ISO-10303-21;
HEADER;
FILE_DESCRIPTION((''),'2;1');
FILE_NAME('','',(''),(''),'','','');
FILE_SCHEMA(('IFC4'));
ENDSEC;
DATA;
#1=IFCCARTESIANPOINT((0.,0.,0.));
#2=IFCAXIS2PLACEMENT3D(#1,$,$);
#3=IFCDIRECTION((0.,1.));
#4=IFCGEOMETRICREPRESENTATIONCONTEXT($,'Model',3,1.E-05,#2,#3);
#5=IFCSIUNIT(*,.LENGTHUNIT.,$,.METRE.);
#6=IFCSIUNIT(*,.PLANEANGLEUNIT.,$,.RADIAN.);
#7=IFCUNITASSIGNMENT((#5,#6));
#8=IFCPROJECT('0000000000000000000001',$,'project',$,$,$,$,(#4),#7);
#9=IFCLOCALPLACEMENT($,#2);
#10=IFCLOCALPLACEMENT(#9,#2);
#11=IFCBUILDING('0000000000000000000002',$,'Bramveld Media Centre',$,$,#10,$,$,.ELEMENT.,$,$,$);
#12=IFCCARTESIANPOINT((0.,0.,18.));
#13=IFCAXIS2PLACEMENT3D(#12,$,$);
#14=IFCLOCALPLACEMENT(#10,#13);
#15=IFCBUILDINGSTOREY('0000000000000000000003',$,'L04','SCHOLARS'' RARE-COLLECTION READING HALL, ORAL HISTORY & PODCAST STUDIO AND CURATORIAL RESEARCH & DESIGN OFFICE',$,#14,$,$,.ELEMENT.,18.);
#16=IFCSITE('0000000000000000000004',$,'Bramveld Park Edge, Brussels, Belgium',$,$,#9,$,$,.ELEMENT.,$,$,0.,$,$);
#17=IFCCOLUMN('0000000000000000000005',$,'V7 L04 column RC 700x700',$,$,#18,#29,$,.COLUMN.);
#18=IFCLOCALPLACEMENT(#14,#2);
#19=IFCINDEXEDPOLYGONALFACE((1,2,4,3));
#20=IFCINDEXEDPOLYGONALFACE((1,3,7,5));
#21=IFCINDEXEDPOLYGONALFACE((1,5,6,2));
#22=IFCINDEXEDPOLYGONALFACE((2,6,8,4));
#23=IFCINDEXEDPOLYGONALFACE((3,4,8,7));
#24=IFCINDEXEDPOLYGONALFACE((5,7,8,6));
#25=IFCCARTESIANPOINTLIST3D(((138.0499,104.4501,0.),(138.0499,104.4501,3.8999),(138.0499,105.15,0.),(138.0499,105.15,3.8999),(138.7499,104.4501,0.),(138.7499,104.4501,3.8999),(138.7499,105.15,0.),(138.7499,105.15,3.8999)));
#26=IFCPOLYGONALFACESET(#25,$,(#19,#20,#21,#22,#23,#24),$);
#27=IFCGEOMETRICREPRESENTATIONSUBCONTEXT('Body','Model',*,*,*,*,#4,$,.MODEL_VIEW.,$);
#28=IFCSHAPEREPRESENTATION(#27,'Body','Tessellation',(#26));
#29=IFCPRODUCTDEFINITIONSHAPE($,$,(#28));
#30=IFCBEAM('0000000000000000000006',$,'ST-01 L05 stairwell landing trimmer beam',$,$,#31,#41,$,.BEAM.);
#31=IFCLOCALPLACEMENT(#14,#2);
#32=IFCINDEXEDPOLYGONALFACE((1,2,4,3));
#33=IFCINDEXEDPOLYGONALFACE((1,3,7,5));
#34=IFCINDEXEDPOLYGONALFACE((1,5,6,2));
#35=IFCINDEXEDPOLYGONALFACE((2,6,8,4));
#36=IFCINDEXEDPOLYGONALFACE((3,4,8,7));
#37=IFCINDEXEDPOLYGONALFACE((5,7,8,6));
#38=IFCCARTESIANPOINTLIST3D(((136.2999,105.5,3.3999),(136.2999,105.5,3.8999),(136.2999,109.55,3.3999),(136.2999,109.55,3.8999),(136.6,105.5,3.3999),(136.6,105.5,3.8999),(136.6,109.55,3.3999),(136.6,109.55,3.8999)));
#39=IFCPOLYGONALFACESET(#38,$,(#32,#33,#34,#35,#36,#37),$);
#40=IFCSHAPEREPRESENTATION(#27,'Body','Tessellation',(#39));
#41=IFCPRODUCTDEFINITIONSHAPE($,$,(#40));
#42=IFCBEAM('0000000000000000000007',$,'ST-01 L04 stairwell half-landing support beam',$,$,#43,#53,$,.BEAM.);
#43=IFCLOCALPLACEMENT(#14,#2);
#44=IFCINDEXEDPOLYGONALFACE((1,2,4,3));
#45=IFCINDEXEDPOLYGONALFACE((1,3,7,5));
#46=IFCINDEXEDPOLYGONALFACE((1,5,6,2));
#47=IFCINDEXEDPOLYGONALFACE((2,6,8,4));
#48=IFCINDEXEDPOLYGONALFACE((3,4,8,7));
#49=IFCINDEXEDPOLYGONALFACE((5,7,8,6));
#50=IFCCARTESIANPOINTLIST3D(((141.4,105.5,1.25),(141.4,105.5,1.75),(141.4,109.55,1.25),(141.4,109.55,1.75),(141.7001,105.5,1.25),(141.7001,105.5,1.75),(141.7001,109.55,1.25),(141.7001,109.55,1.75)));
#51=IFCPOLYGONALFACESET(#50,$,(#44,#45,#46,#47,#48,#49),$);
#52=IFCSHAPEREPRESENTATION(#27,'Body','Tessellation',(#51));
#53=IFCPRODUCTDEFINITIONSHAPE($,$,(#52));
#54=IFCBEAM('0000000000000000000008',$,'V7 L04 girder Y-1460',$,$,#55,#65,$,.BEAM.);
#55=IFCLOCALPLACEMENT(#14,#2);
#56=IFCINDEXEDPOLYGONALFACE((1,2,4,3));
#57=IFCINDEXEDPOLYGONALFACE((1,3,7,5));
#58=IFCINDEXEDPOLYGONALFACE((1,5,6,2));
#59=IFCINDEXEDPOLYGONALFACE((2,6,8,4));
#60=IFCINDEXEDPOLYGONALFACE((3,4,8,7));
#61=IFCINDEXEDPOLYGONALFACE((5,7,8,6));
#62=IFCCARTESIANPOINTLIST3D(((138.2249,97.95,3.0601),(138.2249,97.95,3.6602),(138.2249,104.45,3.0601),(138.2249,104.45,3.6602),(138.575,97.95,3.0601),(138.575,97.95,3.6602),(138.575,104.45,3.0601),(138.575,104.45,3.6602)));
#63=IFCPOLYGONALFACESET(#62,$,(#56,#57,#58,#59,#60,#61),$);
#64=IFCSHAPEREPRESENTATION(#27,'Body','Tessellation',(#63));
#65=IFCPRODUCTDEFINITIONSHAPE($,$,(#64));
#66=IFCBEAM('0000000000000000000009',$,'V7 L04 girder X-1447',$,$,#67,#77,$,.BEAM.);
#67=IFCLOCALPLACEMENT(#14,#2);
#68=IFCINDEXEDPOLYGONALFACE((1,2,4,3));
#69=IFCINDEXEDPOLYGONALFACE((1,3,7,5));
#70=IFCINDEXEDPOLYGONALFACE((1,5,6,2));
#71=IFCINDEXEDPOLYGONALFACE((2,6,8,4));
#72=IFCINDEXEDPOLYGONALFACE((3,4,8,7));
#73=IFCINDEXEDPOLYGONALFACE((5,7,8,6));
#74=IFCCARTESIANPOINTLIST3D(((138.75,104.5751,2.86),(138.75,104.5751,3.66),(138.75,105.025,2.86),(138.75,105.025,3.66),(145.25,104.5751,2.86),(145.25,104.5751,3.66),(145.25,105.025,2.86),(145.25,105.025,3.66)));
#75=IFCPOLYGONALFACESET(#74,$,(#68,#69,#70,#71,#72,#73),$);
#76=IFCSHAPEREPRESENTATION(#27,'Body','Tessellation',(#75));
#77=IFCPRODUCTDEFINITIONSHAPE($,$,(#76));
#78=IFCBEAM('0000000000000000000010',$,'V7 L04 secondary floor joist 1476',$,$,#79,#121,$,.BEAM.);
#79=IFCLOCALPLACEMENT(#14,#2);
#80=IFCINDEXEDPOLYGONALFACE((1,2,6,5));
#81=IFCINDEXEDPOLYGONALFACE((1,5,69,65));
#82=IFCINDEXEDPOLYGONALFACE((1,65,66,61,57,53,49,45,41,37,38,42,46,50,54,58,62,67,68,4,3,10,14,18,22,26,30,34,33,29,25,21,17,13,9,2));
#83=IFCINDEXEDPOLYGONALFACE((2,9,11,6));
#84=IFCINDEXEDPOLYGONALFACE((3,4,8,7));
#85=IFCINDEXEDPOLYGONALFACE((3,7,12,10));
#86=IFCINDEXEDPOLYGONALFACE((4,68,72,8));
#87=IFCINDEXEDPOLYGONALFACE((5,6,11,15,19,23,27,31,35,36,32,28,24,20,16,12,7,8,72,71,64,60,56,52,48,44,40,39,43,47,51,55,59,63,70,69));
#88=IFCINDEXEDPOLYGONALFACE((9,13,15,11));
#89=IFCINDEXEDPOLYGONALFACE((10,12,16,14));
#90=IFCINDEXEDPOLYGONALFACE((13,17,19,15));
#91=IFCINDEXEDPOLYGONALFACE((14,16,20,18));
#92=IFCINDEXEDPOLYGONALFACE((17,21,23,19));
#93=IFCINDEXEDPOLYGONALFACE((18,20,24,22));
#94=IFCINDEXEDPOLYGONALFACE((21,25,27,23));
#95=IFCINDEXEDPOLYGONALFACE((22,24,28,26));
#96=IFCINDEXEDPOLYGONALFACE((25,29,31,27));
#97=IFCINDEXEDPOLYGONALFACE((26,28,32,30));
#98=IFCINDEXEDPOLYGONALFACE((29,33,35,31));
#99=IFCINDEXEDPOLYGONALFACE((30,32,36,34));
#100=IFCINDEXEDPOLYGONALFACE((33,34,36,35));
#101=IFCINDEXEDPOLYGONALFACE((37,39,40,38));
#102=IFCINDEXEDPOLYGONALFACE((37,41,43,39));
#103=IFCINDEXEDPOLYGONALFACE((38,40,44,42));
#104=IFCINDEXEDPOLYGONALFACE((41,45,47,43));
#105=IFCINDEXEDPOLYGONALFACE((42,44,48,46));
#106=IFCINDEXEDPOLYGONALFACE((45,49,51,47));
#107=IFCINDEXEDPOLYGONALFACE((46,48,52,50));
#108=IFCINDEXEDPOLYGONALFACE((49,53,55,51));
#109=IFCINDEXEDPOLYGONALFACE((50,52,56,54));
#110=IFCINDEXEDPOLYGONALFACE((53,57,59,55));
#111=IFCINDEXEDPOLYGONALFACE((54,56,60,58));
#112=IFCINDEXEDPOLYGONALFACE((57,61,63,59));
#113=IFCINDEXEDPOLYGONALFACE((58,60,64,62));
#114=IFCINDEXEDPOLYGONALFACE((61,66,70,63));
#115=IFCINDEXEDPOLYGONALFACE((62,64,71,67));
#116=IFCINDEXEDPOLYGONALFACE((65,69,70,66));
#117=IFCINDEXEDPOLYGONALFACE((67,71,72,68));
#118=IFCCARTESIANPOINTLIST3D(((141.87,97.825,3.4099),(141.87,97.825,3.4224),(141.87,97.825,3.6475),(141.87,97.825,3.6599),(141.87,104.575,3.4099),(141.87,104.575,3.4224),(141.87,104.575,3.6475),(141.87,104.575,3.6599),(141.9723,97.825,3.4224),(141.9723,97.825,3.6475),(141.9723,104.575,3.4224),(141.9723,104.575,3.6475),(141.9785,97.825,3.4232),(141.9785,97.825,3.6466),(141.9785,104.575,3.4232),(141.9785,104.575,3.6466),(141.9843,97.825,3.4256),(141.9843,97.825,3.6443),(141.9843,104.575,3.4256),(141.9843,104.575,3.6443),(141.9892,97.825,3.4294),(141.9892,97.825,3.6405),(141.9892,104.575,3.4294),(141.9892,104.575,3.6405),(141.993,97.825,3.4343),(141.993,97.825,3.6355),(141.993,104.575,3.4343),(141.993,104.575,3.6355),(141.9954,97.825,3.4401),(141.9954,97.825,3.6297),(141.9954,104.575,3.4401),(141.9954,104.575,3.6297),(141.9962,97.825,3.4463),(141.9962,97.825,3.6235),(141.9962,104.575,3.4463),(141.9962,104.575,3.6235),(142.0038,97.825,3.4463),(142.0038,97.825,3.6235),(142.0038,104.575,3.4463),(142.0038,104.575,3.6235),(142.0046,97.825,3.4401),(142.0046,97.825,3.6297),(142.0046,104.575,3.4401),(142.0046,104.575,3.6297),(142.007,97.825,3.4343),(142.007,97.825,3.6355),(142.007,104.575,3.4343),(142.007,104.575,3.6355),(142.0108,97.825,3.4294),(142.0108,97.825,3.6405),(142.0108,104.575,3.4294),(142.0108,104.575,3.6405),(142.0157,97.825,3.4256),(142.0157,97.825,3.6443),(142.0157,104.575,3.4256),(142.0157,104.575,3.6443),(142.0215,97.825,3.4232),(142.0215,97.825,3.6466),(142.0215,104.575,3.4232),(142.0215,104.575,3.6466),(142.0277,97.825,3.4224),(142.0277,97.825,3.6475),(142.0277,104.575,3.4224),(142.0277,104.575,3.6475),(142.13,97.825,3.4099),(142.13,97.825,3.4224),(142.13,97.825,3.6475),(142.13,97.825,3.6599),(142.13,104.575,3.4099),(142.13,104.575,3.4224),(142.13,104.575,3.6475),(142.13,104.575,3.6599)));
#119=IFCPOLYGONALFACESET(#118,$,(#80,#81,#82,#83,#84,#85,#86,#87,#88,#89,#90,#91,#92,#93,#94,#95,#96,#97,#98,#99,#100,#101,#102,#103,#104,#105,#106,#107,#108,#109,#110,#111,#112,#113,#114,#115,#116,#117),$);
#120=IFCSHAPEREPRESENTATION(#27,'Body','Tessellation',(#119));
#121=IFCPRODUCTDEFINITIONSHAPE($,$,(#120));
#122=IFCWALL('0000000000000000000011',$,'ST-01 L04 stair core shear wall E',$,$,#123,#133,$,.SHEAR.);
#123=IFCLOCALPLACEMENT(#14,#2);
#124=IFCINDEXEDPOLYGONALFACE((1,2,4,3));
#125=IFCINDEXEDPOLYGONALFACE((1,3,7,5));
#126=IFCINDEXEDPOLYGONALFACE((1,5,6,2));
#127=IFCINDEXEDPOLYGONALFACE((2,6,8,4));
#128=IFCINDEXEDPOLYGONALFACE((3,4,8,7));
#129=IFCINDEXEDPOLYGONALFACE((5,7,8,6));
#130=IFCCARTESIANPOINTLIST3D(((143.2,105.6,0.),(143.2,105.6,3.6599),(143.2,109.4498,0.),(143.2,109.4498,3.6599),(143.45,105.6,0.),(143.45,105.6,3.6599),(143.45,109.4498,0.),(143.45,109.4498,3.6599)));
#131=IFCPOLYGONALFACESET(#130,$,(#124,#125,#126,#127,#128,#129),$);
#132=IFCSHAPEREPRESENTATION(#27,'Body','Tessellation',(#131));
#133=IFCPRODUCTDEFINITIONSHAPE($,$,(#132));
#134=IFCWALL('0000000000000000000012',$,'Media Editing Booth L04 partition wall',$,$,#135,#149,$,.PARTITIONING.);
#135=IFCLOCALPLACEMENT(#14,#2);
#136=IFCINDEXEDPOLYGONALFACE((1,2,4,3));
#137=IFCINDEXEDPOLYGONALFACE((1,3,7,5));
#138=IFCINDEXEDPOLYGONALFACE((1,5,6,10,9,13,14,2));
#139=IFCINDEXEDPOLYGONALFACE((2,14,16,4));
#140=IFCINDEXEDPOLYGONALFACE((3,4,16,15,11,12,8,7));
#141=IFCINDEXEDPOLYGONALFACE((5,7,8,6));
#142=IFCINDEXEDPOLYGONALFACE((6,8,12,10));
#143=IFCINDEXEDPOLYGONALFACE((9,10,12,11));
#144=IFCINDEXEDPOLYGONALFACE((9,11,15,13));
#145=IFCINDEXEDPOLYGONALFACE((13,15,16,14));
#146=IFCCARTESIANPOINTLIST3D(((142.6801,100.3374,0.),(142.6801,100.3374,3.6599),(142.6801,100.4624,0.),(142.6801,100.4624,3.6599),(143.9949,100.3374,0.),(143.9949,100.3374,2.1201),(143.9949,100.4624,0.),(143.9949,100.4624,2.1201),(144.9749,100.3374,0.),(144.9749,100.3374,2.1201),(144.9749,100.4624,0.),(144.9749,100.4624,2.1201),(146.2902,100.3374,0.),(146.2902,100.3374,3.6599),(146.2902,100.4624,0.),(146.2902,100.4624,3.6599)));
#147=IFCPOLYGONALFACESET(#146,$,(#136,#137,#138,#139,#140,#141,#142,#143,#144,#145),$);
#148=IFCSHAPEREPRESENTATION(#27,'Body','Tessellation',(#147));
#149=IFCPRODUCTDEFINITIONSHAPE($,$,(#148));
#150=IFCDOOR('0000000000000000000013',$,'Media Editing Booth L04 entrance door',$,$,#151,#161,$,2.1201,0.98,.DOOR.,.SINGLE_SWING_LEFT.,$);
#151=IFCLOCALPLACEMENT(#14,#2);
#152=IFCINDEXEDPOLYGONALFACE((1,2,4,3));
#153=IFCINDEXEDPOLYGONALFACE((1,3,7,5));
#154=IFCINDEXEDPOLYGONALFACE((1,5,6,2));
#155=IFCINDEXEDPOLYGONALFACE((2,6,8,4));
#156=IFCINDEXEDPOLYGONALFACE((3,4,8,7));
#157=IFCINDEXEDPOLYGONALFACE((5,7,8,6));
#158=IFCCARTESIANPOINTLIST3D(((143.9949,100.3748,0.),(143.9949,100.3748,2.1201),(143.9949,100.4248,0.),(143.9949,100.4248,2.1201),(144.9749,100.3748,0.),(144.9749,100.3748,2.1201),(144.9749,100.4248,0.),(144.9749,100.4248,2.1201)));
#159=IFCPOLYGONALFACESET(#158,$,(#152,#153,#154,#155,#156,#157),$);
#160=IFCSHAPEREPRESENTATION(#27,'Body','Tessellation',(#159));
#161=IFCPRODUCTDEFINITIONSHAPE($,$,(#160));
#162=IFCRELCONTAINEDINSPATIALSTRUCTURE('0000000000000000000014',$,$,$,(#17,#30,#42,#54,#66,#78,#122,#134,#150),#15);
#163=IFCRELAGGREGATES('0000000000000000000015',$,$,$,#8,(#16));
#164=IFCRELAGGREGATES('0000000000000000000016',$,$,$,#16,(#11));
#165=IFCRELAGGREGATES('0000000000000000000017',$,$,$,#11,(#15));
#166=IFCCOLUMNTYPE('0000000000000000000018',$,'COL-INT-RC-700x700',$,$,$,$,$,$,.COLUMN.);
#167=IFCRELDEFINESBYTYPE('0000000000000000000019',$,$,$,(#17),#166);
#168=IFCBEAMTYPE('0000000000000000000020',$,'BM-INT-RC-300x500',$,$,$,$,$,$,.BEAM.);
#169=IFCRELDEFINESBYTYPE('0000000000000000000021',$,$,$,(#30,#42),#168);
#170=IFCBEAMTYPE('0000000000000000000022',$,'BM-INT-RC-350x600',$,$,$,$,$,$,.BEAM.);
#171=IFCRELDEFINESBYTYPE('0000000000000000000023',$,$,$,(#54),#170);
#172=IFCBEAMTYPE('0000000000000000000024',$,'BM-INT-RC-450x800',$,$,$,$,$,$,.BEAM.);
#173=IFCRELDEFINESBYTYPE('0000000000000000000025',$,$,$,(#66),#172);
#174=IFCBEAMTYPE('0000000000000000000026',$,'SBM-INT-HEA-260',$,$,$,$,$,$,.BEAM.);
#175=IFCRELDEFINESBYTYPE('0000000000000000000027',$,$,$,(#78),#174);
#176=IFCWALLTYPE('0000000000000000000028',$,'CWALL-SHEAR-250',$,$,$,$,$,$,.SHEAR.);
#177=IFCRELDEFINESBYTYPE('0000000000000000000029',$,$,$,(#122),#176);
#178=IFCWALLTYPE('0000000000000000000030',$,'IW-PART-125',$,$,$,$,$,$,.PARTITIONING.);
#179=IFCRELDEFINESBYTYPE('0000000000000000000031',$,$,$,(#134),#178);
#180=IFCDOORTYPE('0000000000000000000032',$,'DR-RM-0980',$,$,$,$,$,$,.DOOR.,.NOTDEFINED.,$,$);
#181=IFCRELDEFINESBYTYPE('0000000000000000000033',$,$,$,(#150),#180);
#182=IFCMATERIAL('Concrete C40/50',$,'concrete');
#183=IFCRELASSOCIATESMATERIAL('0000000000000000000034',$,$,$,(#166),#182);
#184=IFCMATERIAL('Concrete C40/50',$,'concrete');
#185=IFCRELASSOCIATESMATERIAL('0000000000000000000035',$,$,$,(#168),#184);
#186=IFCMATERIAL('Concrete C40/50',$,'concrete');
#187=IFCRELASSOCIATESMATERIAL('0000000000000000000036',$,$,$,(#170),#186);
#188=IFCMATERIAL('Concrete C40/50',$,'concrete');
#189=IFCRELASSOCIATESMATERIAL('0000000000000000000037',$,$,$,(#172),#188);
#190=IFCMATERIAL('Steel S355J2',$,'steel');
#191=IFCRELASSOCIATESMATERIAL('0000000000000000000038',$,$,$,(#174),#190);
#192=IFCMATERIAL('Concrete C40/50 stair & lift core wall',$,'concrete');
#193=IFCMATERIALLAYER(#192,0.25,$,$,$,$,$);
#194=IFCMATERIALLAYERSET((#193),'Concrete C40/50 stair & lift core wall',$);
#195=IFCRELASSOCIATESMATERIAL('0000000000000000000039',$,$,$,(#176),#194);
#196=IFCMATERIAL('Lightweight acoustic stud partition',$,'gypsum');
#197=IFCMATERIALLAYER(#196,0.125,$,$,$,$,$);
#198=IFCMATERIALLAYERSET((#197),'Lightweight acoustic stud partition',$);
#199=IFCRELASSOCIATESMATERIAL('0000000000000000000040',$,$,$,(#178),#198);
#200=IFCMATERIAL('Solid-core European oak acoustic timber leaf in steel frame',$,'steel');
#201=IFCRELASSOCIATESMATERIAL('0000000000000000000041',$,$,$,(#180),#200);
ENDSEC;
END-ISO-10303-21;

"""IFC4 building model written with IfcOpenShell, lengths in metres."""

from ifc_helpers import new_model, si_unit, direction, frame, frame_2d, origin, origin_2d, place, context, subcontext, project, spatial, rectangle, i_section, extrude, material, layer, layer_set, material_profile, profile_set, type_object, element, fill, save


model = new_model("IFC4")

# Units and contexts
model_context = context("Model", 3, precision=1e-05, world=origin(), true_north=direction((0.0, 1.0)))
body_context = subcontext(model_context, "Body", "Model", "MODEL_VIEW")
ifc_project = project(units=[si_unit("LENGTHUNIT", "METRE"), si_unit("PLANEANGLEUNIT", "RADIAN")], contexts=[model_context])

# Site, building, storey
site_placement = place(None, origin())
site = spatial("IfcSite", under=ifc_project, at=site_placement, Name="Bramveld Park Edge, Brussels, Belgium", CompositionType="ELEMENT", RefElevation=0.0)
building_placement = place(site_placement, origin())
building = spatial("IfcBuilding", under=site, at=building_placement, Name="Bramveld Media Centre", CompositionType="ELEMENT")
storey_placement = place(building_placement, frame((0.0, 0.0, 18.0)))
storey = spatial("IfcBuildingStorey", under=building, at=storey_placement, Name="L04", Description="SCHOLARS' RARE-COLLECTION READING HALL, ORAL HISTORY & PODCAST STUDIO AND CURATORIAL RESEARCH & DESIGN OFFICE", CompositionType="ELEMENT", Elevation=18.0)

# Column
ifc_material_1 = material(Name="Concrete C40/50", Category="concrete")
ifc_material_profile_1 = material_profile(ifc_material_1, rectangle(XDim=0.7, YDim=0.7, at=origin_2d()), Name="RC 700x700")
ifc_profile_set_1 = profile_set([ifc_material_profile_1], Name="Concrete C40/50")
column_type = type_object("IfcColumnType", Name="COL-INT-RC-700x700", PredefinedType="COLUMN", material=ifc_profile_set_1)
column_placement = place(storey_placement, frame((138.3999, 104.8, 0.0), z_axis=(0.0, 0.0, 1.0), x_axis=(1.0, 0.0, 0.0)))
element("IfcColumn", 1, at=column_placement, inside=storey, type_object=column_type, Name="V7 L04 column RC 700x700", PredefinedType="COLUMN", context=body_context, shape_type="SweptSolid", body=[
    extrude(rectangle(XDim=0.7, YDim=0.7, at=origin_2d()), origin(), (0.0, 0.0, 1.0), 3.8999),
])

# Beams
ifc_material_2 = material(Name="Concrete C40/50", Category="concrete")
ifc_material_profile_2 = material_profile(ifc_material_2, rectangle(XDim=0.3, YDim=0.5, at=origin_2d()), Name="RC 300x500")
ifc_profile_set_2 = profile_set([ifc_material_profile_2], Name="Concrete C40/50")
beam_type_1 = type_object("IfcBeamType", Name="BM-INT-RC-300x500", PredefinedType="BEAM", material=ifc_profile_set_2)
for number, where, z_axis, x_axis, name in (
    (2, (136.45, 105.5, 3.6499), (0.0, 1.0, 0.0), (-1.0, 0.0, 0.0), "ST-01 L05 stairwell landing trimmer beam"),
    (3, (141.55, 105.5, 1.5), (0.0, 1.0, 0.0), (-1.0, 0.0, 0.0), "ST-01 L04 stairwell half-landing support beam"),
):
    element("IfcBeam", number, at=place(storey_placement, frame(where, z_axis=z_axis, x_axis=x_axis)), inside=storey, type_object=beam_type_1, Name=name, PredefinedType="BEAM", context=body_context, shape_type="SweptSolid", body=[
        extrude(rectangle(XDim=0.3, YDim=0.5, at=origin_2d()), origin(), (0.0, 0.0, 1.0), 4.05),
    ])
ifc_material_3 = material(Name="Concrete C40/50", Category="concrete")
ifc_material_profile_3 = material_profile(ifc_material_3, rectangle(XDim=0.3501, YDim=0.6001, at=origin_2d()), Name="RC 350x600")
ifc_profile_set_3 = profile_set([ifc_material_profile_3], Name="Concrete C40/50")
beam_type_2 = type_object("IfcBeamType", Name="BM-INT-RC-350x600", PredefinedType="BEAM", material=ifc_profile_set_3)
beam_1_placement = place(storey_placement, frame((138.3999, 97.95, 3.3601), z_axis=(0.0, 1.0, 0.0), x_axis=(-1.0, 0.0, 0.0)))
element("IfcBeam", 4, at=beam_1_placement, inside=storey, type_object=beam_type_2, Name="V7 L04 girder Y-1460", PredefinedType="BEAM", context=body_context, shape_type="SweptSolid", body=[
    extrude(rectangle(XDim=0.3501, YDim=0.6001, at=origin_2d()), origin(), (0.0, 0.0, 1.0), 6.5),
])
ifc_material_4 = material(Name="Concrete C40/50", Category="concrete")
ifc_material_profile_4 = material_profile(ifc_material_4, rectangle(XDim=0.45, YDim=0.8, at=origin_2d()), Name="RC 450x800")
ifc_profile_set_4 = profile_set([ifc_material_profile_4], Name="Concrete C40/50")
beam_type_3 = type_object("IfcBeamType", Name="BM-INT-RC-450x800", PredefinedType="BEAM", material=ifc_profile_set_4)
beam_2_placement = place(storey_placement, frame((138.75, 104.8, 3.26), z_axis=(1.0, 0.0, 0.0), x_axis=(0.0, 1.0, 0.0)))
element("IfcBeam", 5, at=beam_2_placement, inside=storey, type_object=beam_type_3, Name="V7 L04 girder X-1447", PredefinedType="BEAM", context=body_context, shape_type="SweptSolid", body=[
    extrude(rectangle(XDim=0.45, YDim=0.8, at=origin_2d()), origin(), (0.0, 0.0, 1.0), 6.5),
])
ifc_material_5 = material(Name="Steel S355J2", Category="steel")
ifc_material_profile_5 = material_profile(ifc_material_5, i_section(OverallWidth=0.26, OverallDepth=0.25, WebThickness=0.0076, FlangeThickness=0.0125, FilletRadius=0.0239, at=origin_2d()), Name="HEA 260")
ifc_profile_set_5 = profile_set([ifc_material_profile_5], Name="Steel S355J2")
beam_type_4 = type_object("IfcBeamType", Name="SBM-INT-HEA-260", PredefinedType="BEAM", material=ifc_profile_set_5)
beam_3_placement = place(storey_placement, frame((142.0, 97.825, 3.5349), z_axis=(0.0, 1.0, 0.0), x_axis=(-1.0, 0.0, 0.0)))
element("IfcBeam", 6, at=beam_3_placement, inside=storey, type_object=beam_type_4, Name="V7 L04 secondary floor joist 1476", PredefinedType="BEAM", context=body_context, shape_type="SweptSolid", body=[
    extrude(i_section(OverallWidth=0.26, OverallDepth=0.25, WebThickness=0.0076, FlangeThickness=0.0125, FilletRadius=0.0239, at=origin_2d()), origin(), (0.0, 0.0, 1.0), 6.75),
])

# Wall
ifc_material_6 = material(Name="Concrete C40/50 stair & lift core wall", Category="concrete")
ifc_layer_1 = layer(ifc_material_6, 0.25)
ifc_layer_set_1 = layer_set([ifc_layer_1], Name="Concrete C40/50 stair & lift core wall")
wall_type_1 = type_object("IfcWallType", Name="CWALL-SHEAR-250", PredefinedType="SHEAR", material=ifc_layer_set_1)
wall_1_placement = place(storey_placement, frame((143.325, 105.6001, 0.0), z_axis=(0.0, 0.0, 1.0), x_axis=(0.0, 1.0, 0.0)))
element("IfcWall", 7, at=wall_1_placement, inside=storey, type_object=wall_type_1, Name="ST-01 L04 stair core shear wall E", PredefinedType="SHEAR", context=body_context, shape_type="SweptSolid", body=[
    extrude(rectangle(XDim=3.8499, YDim=0.25, at=frame_2d((1.9248, 0.0))), origin(), (0.0, 0.0, 1.0), 3.6599),
])

# Wall, opening, door
ifc_material_7 = material(Name="Lightweight acoustic stud partition", Category="gypsum")
ifc_layer_2 = layer(ifc_material_7, 0.125)
ifc_layer_set_2 = layer_set([ifc_layer_2], Name="Lightweight acoustic stud partition")
wall_type_2 = type_object("IfcWallType", Name="IW-PART-125", PredefinedType="PARTITIONING", material=ifc_layer_set_2)
wall_2_placement = place(storey_placement, frame((142.6799, 100.3999, 0.0), z_axis=(0.0, 0.0, 1.0), x_axis=(1.0, 0.0, 0.0)))
wall_2 = element("IfcWall", 8, at=wall_2_placement, inside=storey, type_object=wall_type_2, Name="Media Editing Booth L04 partition wall", PredefinedType="PARTITIONING", context=body_context, shape_type="SweptSolid", body=[
    extrude(rectangle(XDim=3.6101, YDim=0.125, at=frame_2d((1.8052, 0.0))), origin(), (0.0, 0.0, 1.0), 3.6599),
])
opening_1_placement = place(wall_2_placement, frame((1.3149, 0.0, 0.0)))
opening_1 = element("IfcOpeningElement", 9, at=opening_1_placement, cuts=wall_2, PredefinedType="OPENING", context=body_context, shape_type="SweptSolid", body=[
    extrude(rectangle(XDim=0.98, YDim=2.1201, at=frame_2d((0.49, 1.0601))), frame((0.0, 0.0745, 0.0), z_axis=(0.0, -1.0, 0.0), x_axis=(1.0, 0.0, 0.0)), (0.0, 0.0, 1.0), 0.1489),
])
ifc_material_8 = material(Name="Solid-core European oak acoustic timber leaf in steel frame", Category="steel")
door_type_1 = type_object("IfcDoorType", Name="DR-RM-0980", OperationType="NOTDEFINED", PredefinedType="DOOR", material=ifc_material_8)
door_1_placement = place(opening_1_placement, origin())
door_1 = element("IfcDoor", 10, at=door_1_placement, inside=storey, type_object=door_type_1, Name="Media Editing Booth L04 entrance door", OperationType="SINGLE_SWING_LEFT", OverallHeight=2.1201, OverallWidth=0.98, PredefinedType="DOOR", context=body_context, shape_type="SweptSolid", body=[
    extrude(rectangle(XDim=0.98, YDim=2.1201, at=frame_2d((0.49, 1.0601))), frame((0.0, 0.0249, 0.0), z_axis=(0.0, -1.0, 0.0), x_axis=(1.0, 0.0, 0.0)), (0.0, 0.0, 1.0), 0.05),
])
fill(opening_1, door_1)

save(model, "model.ifc")
